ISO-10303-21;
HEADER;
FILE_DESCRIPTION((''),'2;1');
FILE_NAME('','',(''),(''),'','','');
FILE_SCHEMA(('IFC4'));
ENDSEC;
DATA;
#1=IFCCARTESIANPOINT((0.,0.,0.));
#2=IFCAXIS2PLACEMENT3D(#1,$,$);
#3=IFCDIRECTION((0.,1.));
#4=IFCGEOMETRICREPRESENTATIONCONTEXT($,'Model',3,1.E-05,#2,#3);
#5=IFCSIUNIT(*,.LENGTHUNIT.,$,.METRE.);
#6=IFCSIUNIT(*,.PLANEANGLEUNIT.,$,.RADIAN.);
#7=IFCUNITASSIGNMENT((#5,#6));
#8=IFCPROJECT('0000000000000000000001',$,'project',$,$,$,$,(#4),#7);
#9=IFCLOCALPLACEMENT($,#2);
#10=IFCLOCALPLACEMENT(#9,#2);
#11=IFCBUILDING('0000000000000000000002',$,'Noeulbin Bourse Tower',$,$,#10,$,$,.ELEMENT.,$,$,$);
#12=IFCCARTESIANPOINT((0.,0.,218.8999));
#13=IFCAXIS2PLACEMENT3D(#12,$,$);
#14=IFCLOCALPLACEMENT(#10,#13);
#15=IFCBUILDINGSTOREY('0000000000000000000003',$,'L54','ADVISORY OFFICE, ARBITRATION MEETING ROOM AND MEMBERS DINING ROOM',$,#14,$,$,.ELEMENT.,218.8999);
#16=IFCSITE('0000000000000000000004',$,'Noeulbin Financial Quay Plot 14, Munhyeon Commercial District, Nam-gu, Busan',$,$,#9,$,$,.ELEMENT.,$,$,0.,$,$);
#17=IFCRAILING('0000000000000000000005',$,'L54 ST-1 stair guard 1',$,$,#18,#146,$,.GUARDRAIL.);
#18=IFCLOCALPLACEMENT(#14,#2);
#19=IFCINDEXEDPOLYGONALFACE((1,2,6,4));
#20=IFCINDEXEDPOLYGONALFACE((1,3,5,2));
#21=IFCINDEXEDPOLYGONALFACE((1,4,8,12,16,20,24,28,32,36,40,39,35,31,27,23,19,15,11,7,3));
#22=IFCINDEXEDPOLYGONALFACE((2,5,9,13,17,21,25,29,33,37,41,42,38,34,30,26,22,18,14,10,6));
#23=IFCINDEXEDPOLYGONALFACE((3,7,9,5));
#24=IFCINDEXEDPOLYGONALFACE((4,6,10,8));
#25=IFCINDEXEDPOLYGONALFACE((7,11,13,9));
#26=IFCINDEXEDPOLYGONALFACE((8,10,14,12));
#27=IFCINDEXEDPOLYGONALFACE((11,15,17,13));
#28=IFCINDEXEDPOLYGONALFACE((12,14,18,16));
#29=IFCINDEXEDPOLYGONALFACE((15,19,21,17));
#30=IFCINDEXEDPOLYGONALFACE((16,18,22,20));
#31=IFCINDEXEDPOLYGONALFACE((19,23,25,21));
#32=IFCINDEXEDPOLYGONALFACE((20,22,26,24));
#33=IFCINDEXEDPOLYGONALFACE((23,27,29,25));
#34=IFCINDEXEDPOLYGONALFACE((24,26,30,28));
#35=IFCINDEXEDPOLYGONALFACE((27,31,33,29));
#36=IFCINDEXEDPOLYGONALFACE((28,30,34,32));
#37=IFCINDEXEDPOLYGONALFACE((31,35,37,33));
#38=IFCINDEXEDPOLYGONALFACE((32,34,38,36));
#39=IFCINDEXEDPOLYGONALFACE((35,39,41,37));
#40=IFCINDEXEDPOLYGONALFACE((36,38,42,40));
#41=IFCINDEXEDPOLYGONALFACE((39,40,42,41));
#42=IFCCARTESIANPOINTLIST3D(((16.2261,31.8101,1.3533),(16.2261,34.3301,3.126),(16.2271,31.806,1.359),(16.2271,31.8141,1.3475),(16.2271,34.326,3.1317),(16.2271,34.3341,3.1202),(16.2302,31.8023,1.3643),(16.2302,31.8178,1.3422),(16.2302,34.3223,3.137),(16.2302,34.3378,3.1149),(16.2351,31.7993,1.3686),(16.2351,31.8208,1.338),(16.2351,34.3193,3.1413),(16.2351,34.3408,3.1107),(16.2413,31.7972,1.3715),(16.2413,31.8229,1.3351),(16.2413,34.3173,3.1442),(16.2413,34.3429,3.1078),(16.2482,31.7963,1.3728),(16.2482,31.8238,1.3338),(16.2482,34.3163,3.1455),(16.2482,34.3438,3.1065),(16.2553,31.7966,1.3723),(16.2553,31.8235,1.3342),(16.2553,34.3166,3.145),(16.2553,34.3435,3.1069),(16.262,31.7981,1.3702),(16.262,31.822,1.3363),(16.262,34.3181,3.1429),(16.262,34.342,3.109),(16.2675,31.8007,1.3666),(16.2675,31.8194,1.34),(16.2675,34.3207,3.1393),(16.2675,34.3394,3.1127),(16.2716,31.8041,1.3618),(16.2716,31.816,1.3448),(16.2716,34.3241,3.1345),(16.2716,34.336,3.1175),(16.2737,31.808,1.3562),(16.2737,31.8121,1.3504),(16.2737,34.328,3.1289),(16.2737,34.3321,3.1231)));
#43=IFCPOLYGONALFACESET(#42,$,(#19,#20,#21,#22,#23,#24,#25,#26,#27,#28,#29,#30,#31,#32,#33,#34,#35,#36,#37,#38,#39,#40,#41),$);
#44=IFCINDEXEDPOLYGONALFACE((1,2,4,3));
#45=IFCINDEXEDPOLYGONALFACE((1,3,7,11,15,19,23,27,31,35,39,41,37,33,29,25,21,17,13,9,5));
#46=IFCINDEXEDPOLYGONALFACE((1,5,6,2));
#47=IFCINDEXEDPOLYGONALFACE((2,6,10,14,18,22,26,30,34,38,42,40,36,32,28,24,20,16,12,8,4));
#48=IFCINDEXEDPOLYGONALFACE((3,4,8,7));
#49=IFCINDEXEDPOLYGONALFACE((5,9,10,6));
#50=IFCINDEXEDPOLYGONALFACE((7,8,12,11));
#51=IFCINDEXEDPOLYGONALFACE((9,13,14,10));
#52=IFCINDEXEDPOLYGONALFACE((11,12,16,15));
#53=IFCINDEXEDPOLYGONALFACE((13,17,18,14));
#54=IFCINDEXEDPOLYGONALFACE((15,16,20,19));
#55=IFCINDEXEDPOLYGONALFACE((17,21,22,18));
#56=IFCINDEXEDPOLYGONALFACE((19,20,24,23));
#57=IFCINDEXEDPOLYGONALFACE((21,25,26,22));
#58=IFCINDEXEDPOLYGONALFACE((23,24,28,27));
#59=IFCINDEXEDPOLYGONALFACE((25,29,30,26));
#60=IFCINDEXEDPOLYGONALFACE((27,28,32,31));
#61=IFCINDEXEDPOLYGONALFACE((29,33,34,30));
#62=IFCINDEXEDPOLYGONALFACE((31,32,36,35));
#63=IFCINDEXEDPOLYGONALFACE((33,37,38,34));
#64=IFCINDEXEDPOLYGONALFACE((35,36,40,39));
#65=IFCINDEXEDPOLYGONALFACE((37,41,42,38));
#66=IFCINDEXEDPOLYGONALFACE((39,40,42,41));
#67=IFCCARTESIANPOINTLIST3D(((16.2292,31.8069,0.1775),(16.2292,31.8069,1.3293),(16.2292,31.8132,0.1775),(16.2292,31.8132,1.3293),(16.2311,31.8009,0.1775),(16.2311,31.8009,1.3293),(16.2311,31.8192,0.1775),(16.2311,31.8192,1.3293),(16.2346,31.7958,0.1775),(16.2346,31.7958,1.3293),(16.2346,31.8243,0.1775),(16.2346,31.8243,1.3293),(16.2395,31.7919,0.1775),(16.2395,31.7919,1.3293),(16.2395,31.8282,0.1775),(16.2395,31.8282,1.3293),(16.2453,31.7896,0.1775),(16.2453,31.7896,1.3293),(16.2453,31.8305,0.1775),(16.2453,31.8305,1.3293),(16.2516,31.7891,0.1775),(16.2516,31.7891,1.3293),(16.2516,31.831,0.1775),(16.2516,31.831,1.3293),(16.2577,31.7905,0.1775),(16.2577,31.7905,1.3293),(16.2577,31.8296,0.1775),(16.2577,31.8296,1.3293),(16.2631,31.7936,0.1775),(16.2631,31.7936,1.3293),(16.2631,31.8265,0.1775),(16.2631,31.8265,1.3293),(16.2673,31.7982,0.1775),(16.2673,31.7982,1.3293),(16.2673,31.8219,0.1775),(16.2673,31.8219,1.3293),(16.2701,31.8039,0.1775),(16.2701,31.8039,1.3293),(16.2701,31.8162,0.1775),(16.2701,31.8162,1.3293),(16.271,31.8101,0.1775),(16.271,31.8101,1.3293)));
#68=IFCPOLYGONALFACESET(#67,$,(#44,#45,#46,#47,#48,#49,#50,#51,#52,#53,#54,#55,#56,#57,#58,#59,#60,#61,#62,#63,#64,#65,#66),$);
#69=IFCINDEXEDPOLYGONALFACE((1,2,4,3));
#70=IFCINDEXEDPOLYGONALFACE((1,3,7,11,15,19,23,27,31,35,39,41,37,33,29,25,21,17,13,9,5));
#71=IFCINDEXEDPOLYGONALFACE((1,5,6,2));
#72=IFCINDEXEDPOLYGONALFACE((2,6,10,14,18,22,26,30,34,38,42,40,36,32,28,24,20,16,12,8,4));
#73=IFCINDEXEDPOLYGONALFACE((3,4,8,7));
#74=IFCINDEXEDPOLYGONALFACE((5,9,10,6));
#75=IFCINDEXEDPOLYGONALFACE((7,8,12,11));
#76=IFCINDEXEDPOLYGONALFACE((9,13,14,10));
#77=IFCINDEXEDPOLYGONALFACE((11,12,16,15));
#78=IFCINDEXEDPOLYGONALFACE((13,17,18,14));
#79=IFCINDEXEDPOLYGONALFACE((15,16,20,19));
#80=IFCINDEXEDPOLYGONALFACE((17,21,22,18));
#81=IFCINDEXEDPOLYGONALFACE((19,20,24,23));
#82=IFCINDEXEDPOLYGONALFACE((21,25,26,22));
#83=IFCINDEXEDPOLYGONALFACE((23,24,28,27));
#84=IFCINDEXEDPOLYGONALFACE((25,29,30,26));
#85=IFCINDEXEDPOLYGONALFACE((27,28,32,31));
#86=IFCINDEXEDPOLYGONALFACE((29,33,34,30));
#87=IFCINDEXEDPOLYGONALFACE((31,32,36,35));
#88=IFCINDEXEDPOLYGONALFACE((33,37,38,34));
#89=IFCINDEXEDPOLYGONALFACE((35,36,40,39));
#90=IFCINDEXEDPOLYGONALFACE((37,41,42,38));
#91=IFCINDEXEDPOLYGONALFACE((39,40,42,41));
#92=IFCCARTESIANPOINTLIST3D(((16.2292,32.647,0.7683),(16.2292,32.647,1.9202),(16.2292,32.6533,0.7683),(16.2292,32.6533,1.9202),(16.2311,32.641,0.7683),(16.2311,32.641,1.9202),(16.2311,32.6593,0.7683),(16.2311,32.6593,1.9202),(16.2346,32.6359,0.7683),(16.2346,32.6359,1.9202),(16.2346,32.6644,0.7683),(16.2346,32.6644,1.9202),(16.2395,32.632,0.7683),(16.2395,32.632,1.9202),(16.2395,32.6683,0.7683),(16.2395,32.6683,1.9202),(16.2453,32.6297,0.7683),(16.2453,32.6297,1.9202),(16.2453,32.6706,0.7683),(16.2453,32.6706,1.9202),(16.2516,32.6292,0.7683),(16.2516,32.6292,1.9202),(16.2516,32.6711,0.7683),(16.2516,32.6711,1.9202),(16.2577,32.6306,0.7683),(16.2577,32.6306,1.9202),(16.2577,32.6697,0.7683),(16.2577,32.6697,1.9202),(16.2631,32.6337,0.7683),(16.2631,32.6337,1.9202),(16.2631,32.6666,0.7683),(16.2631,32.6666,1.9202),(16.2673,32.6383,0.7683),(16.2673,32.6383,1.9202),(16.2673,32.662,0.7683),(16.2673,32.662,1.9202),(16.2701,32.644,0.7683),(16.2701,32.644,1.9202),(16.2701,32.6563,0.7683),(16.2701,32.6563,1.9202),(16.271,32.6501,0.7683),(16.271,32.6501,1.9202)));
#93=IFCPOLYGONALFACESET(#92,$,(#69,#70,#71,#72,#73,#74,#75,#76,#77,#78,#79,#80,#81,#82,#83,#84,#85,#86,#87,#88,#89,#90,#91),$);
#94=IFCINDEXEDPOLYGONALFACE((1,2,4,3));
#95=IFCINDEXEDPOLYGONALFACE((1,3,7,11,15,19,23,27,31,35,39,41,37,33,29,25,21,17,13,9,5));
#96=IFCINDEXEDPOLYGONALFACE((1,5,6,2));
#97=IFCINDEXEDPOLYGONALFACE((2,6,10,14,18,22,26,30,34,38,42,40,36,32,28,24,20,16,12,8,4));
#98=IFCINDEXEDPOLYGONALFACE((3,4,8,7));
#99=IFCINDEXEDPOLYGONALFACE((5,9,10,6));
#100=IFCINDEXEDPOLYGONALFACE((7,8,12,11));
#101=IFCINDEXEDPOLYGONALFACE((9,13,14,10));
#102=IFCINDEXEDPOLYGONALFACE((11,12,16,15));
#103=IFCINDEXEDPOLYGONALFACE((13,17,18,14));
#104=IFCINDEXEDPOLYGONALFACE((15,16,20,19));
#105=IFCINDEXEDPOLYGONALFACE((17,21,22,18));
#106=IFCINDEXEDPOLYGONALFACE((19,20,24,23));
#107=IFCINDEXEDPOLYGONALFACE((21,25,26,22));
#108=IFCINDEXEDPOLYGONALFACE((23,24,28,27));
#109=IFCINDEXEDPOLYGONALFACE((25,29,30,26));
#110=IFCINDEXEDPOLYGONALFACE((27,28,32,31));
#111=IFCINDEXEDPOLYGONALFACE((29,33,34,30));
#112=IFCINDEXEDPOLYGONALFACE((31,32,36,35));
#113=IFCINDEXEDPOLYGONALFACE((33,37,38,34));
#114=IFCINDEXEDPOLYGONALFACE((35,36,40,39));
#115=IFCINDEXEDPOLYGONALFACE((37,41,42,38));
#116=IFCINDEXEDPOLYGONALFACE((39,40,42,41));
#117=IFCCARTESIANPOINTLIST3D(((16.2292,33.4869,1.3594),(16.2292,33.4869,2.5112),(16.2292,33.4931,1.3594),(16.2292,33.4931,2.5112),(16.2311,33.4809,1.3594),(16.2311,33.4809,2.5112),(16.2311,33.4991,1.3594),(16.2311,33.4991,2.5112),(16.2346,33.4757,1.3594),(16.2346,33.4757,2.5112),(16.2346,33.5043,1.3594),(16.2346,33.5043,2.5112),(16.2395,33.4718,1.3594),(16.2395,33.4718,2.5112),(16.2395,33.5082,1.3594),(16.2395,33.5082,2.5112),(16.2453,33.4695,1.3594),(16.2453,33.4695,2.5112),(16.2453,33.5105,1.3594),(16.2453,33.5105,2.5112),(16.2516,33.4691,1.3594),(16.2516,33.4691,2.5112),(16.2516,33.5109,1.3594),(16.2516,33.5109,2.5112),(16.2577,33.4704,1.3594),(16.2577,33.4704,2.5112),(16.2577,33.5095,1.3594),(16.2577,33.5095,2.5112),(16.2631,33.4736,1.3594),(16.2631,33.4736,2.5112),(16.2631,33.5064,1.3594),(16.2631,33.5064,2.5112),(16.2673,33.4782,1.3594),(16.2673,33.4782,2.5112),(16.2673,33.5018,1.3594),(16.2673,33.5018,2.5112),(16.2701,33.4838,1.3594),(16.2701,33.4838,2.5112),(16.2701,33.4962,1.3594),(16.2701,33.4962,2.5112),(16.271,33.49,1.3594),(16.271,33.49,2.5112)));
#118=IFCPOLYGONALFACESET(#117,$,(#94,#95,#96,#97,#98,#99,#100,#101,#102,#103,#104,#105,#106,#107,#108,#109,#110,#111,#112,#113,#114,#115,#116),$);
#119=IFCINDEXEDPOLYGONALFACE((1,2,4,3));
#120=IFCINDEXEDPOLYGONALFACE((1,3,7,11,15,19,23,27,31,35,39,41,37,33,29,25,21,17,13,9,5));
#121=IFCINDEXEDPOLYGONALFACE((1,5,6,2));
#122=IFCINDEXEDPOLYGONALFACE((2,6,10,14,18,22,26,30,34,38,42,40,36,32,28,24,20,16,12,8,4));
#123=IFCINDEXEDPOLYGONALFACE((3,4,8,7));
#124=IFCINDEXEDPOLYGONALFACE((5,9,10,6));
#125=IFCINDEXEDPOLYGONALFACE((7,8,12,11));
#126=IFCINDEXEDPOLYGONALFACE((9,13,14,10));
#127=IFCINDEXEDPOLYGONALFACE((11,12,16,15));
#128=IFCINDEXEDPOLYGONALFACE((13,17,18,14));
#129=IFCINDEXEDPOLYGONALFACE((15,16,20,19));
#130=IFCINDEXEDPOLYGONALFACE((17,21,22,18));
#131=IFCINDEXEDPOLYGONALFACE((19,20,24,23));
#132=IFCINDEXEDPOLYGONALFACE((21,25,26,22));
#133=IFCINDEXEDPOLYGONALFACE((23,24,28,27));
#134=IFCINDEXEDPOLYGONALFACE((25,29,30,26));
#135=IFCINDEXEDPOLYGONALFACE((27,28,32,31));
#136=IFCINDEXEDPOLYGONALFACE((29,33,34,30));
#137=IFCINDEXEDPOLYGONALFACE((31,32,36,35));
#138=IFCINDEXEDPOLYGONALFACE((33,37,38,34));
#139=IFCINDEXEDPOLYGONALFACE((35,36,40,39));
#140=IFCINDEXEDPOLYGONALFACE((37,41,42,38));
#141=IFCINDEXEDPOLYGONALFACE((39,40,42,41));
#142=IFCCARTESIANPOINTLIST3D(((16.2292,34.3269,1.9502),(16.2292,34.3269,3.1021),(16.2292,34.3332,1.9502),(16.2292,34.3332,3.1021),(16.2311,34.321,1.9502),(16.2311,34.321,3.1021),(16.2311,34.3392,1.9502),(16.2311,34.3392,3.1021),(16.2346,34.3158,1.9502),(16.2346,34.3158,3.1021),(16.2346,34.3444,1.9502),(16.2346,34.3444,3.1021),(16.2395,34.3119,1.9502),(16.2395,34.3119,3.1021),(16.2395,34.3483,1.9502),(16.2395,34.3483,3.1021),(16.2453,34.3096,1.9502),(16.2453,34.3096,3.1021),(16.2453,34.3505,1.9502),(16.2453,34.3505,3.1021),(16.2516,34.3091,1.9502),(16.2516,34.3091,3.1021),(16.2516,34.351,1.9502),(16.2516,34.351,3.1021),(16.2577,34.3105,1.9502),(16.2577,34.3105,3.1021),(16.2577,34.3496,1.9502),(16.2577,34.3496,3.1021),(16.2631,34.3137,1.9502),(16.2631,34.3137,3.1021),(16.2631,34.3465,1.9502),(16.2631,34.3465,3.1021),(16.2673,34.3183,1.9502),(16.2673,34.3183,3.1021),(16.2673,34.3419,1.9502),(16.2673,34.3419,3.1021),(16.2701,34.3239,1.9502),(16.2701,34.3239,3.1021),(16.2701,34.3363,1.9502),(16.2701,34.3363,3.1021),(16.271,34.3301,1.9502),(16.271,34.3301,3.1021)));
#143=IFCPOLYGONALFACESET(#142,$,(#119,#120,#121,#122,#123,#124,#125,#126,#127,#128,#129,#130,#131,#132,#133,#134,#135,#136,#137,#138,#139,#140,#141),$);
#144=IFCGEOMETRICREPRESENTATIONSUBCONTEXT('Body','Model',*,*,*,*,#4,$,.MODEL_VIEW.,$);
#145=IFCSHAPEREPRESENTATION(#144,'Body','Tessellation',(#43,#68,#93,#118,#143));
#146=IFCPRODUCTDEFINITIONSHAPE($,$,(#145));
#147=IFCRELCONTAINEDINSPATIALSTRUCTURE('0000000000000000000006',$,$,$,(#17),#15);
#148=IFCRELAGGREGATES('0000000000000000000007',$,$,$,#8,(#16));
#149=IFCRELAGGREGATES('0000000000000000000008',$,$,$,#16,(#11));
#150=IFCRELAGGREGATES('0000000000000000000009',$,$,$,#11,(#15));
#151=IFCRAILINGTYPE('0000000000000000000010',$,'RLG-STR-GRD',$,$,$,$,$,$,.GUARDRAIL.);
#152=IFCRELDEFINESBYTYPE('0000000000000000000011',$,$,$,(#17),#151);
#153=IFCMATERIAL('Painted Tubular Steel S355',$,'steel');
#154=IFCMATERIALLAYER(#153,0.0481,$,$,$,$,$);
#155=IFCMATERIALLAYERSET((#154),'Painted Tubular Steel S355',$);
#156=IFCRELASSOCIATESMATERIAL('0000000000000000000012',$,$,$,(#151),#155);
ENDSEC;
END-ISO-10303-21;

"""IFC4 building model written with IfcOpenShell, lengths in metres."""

from ifc_helpers import new_model, si_unit, direction, frame, origin, origin_2d, place, context, subcontext, project, spatial, circle, extrude, material, layer, layer_set, type_object, element, save


model = new_model("IFC4")

# Units and contexts
model_context = context("Model", 3, precision=1e-05, world=origin(), true_north=direction((0.0, 1.0)))
body_context = subcontext(model_context, "Body", "Model", "MODEL_VIEW")
ifc_project = project(units=[si_unit("LENGTHUNIT", "METRE"), si_unit("PLANEANGLEUNIT", "RADIAN")], contexts=[model_context])

# Site, building, storey
site_placement = place(None, origin())
site = spatial("IfcSite", under=ifc_project, at=site_placement, Name="Noeulbin Financial Quay Plot 14, Munhyeon Commercial District, Nam-gu, Busan", CompositionType="ELEMENT", RefElevation=0.0)
building_placement = place(site_placement, origin())
building = spatial("IfcBuilding", under=site, at=building_placement, Name="Noeulbin Bourse Tower", CompositionType="ELEMENT")
storey_placement = place(building_placement, frame((0.0, 0.0, 218.8999)))
storey = spatial("IfcBuildingStorey", under=building, at=storey_placement, Name="L54", Description="ADVISORY OFFICE, ARBITRATION MEETING ROOM AND MEMBERS DINING ROOM", CompositionType="ELEMENT", Elevation=218.8999)

# Railing
ifc_material_1 = material(Name="Painted Tubular Steel S355", Category="steel")
ifc_layer_1 = layer(ifc_material_1, 0.0481)
ifc_layer_set_1 = layer_set([ifc_layer_1], Name="Painted Tubular Steel S355")
railing_type_1 = type_object("IfcRailingType", Name="RLG-STR-GRD", PredefinedType="GUARDRAIL", material=ifc_layer_set_1)
railing_1_placement = place(storey_placement, frame((16.25, 31.8101, 0.1775)))
element("IfcRailing", 1, at=railing_1_placement, inside=storey, type_object=railing_type_1, Name="L54 ST-1 stair guard 1", PredefinedType="GUARDRAIL", context=body_context, shape_type="SweptSolid", body=[
    extrude(circle(Radius=0.0239, at=origin_2d()), frame((0.0, 0.0, 1.1758), z_axis=(0.0, 0.817904, 0.575354), x_axis=(-1.0, 0.0, 0.0)), (0.0, 0.0, 1.0), 3.0811),
    extrude(circle(Radius=0.021, at=origin_2d()), origin(), (0.0, 0.0, 1.0), 1.1519),
    extrude(circle(Radius=0.021, at=origin_2d()), frame((0.0, 0.8401, 0.5908)), (0.0, 0.0, 1.0), 1.1519),
    extrude(circle(Radius=0.021, at=origin_2d()), frame((0.0, 1.6799, 1.1819)), (0.0, 0.0, 1.0), 1.1519),
    extrude(circle(Radius=0.021, at=origin_2d()), frame((0.0, 2.52, 1.7727)), (0.0, 0.0, 1.0), 1.1519),
])

save(model, "model.ifc")
